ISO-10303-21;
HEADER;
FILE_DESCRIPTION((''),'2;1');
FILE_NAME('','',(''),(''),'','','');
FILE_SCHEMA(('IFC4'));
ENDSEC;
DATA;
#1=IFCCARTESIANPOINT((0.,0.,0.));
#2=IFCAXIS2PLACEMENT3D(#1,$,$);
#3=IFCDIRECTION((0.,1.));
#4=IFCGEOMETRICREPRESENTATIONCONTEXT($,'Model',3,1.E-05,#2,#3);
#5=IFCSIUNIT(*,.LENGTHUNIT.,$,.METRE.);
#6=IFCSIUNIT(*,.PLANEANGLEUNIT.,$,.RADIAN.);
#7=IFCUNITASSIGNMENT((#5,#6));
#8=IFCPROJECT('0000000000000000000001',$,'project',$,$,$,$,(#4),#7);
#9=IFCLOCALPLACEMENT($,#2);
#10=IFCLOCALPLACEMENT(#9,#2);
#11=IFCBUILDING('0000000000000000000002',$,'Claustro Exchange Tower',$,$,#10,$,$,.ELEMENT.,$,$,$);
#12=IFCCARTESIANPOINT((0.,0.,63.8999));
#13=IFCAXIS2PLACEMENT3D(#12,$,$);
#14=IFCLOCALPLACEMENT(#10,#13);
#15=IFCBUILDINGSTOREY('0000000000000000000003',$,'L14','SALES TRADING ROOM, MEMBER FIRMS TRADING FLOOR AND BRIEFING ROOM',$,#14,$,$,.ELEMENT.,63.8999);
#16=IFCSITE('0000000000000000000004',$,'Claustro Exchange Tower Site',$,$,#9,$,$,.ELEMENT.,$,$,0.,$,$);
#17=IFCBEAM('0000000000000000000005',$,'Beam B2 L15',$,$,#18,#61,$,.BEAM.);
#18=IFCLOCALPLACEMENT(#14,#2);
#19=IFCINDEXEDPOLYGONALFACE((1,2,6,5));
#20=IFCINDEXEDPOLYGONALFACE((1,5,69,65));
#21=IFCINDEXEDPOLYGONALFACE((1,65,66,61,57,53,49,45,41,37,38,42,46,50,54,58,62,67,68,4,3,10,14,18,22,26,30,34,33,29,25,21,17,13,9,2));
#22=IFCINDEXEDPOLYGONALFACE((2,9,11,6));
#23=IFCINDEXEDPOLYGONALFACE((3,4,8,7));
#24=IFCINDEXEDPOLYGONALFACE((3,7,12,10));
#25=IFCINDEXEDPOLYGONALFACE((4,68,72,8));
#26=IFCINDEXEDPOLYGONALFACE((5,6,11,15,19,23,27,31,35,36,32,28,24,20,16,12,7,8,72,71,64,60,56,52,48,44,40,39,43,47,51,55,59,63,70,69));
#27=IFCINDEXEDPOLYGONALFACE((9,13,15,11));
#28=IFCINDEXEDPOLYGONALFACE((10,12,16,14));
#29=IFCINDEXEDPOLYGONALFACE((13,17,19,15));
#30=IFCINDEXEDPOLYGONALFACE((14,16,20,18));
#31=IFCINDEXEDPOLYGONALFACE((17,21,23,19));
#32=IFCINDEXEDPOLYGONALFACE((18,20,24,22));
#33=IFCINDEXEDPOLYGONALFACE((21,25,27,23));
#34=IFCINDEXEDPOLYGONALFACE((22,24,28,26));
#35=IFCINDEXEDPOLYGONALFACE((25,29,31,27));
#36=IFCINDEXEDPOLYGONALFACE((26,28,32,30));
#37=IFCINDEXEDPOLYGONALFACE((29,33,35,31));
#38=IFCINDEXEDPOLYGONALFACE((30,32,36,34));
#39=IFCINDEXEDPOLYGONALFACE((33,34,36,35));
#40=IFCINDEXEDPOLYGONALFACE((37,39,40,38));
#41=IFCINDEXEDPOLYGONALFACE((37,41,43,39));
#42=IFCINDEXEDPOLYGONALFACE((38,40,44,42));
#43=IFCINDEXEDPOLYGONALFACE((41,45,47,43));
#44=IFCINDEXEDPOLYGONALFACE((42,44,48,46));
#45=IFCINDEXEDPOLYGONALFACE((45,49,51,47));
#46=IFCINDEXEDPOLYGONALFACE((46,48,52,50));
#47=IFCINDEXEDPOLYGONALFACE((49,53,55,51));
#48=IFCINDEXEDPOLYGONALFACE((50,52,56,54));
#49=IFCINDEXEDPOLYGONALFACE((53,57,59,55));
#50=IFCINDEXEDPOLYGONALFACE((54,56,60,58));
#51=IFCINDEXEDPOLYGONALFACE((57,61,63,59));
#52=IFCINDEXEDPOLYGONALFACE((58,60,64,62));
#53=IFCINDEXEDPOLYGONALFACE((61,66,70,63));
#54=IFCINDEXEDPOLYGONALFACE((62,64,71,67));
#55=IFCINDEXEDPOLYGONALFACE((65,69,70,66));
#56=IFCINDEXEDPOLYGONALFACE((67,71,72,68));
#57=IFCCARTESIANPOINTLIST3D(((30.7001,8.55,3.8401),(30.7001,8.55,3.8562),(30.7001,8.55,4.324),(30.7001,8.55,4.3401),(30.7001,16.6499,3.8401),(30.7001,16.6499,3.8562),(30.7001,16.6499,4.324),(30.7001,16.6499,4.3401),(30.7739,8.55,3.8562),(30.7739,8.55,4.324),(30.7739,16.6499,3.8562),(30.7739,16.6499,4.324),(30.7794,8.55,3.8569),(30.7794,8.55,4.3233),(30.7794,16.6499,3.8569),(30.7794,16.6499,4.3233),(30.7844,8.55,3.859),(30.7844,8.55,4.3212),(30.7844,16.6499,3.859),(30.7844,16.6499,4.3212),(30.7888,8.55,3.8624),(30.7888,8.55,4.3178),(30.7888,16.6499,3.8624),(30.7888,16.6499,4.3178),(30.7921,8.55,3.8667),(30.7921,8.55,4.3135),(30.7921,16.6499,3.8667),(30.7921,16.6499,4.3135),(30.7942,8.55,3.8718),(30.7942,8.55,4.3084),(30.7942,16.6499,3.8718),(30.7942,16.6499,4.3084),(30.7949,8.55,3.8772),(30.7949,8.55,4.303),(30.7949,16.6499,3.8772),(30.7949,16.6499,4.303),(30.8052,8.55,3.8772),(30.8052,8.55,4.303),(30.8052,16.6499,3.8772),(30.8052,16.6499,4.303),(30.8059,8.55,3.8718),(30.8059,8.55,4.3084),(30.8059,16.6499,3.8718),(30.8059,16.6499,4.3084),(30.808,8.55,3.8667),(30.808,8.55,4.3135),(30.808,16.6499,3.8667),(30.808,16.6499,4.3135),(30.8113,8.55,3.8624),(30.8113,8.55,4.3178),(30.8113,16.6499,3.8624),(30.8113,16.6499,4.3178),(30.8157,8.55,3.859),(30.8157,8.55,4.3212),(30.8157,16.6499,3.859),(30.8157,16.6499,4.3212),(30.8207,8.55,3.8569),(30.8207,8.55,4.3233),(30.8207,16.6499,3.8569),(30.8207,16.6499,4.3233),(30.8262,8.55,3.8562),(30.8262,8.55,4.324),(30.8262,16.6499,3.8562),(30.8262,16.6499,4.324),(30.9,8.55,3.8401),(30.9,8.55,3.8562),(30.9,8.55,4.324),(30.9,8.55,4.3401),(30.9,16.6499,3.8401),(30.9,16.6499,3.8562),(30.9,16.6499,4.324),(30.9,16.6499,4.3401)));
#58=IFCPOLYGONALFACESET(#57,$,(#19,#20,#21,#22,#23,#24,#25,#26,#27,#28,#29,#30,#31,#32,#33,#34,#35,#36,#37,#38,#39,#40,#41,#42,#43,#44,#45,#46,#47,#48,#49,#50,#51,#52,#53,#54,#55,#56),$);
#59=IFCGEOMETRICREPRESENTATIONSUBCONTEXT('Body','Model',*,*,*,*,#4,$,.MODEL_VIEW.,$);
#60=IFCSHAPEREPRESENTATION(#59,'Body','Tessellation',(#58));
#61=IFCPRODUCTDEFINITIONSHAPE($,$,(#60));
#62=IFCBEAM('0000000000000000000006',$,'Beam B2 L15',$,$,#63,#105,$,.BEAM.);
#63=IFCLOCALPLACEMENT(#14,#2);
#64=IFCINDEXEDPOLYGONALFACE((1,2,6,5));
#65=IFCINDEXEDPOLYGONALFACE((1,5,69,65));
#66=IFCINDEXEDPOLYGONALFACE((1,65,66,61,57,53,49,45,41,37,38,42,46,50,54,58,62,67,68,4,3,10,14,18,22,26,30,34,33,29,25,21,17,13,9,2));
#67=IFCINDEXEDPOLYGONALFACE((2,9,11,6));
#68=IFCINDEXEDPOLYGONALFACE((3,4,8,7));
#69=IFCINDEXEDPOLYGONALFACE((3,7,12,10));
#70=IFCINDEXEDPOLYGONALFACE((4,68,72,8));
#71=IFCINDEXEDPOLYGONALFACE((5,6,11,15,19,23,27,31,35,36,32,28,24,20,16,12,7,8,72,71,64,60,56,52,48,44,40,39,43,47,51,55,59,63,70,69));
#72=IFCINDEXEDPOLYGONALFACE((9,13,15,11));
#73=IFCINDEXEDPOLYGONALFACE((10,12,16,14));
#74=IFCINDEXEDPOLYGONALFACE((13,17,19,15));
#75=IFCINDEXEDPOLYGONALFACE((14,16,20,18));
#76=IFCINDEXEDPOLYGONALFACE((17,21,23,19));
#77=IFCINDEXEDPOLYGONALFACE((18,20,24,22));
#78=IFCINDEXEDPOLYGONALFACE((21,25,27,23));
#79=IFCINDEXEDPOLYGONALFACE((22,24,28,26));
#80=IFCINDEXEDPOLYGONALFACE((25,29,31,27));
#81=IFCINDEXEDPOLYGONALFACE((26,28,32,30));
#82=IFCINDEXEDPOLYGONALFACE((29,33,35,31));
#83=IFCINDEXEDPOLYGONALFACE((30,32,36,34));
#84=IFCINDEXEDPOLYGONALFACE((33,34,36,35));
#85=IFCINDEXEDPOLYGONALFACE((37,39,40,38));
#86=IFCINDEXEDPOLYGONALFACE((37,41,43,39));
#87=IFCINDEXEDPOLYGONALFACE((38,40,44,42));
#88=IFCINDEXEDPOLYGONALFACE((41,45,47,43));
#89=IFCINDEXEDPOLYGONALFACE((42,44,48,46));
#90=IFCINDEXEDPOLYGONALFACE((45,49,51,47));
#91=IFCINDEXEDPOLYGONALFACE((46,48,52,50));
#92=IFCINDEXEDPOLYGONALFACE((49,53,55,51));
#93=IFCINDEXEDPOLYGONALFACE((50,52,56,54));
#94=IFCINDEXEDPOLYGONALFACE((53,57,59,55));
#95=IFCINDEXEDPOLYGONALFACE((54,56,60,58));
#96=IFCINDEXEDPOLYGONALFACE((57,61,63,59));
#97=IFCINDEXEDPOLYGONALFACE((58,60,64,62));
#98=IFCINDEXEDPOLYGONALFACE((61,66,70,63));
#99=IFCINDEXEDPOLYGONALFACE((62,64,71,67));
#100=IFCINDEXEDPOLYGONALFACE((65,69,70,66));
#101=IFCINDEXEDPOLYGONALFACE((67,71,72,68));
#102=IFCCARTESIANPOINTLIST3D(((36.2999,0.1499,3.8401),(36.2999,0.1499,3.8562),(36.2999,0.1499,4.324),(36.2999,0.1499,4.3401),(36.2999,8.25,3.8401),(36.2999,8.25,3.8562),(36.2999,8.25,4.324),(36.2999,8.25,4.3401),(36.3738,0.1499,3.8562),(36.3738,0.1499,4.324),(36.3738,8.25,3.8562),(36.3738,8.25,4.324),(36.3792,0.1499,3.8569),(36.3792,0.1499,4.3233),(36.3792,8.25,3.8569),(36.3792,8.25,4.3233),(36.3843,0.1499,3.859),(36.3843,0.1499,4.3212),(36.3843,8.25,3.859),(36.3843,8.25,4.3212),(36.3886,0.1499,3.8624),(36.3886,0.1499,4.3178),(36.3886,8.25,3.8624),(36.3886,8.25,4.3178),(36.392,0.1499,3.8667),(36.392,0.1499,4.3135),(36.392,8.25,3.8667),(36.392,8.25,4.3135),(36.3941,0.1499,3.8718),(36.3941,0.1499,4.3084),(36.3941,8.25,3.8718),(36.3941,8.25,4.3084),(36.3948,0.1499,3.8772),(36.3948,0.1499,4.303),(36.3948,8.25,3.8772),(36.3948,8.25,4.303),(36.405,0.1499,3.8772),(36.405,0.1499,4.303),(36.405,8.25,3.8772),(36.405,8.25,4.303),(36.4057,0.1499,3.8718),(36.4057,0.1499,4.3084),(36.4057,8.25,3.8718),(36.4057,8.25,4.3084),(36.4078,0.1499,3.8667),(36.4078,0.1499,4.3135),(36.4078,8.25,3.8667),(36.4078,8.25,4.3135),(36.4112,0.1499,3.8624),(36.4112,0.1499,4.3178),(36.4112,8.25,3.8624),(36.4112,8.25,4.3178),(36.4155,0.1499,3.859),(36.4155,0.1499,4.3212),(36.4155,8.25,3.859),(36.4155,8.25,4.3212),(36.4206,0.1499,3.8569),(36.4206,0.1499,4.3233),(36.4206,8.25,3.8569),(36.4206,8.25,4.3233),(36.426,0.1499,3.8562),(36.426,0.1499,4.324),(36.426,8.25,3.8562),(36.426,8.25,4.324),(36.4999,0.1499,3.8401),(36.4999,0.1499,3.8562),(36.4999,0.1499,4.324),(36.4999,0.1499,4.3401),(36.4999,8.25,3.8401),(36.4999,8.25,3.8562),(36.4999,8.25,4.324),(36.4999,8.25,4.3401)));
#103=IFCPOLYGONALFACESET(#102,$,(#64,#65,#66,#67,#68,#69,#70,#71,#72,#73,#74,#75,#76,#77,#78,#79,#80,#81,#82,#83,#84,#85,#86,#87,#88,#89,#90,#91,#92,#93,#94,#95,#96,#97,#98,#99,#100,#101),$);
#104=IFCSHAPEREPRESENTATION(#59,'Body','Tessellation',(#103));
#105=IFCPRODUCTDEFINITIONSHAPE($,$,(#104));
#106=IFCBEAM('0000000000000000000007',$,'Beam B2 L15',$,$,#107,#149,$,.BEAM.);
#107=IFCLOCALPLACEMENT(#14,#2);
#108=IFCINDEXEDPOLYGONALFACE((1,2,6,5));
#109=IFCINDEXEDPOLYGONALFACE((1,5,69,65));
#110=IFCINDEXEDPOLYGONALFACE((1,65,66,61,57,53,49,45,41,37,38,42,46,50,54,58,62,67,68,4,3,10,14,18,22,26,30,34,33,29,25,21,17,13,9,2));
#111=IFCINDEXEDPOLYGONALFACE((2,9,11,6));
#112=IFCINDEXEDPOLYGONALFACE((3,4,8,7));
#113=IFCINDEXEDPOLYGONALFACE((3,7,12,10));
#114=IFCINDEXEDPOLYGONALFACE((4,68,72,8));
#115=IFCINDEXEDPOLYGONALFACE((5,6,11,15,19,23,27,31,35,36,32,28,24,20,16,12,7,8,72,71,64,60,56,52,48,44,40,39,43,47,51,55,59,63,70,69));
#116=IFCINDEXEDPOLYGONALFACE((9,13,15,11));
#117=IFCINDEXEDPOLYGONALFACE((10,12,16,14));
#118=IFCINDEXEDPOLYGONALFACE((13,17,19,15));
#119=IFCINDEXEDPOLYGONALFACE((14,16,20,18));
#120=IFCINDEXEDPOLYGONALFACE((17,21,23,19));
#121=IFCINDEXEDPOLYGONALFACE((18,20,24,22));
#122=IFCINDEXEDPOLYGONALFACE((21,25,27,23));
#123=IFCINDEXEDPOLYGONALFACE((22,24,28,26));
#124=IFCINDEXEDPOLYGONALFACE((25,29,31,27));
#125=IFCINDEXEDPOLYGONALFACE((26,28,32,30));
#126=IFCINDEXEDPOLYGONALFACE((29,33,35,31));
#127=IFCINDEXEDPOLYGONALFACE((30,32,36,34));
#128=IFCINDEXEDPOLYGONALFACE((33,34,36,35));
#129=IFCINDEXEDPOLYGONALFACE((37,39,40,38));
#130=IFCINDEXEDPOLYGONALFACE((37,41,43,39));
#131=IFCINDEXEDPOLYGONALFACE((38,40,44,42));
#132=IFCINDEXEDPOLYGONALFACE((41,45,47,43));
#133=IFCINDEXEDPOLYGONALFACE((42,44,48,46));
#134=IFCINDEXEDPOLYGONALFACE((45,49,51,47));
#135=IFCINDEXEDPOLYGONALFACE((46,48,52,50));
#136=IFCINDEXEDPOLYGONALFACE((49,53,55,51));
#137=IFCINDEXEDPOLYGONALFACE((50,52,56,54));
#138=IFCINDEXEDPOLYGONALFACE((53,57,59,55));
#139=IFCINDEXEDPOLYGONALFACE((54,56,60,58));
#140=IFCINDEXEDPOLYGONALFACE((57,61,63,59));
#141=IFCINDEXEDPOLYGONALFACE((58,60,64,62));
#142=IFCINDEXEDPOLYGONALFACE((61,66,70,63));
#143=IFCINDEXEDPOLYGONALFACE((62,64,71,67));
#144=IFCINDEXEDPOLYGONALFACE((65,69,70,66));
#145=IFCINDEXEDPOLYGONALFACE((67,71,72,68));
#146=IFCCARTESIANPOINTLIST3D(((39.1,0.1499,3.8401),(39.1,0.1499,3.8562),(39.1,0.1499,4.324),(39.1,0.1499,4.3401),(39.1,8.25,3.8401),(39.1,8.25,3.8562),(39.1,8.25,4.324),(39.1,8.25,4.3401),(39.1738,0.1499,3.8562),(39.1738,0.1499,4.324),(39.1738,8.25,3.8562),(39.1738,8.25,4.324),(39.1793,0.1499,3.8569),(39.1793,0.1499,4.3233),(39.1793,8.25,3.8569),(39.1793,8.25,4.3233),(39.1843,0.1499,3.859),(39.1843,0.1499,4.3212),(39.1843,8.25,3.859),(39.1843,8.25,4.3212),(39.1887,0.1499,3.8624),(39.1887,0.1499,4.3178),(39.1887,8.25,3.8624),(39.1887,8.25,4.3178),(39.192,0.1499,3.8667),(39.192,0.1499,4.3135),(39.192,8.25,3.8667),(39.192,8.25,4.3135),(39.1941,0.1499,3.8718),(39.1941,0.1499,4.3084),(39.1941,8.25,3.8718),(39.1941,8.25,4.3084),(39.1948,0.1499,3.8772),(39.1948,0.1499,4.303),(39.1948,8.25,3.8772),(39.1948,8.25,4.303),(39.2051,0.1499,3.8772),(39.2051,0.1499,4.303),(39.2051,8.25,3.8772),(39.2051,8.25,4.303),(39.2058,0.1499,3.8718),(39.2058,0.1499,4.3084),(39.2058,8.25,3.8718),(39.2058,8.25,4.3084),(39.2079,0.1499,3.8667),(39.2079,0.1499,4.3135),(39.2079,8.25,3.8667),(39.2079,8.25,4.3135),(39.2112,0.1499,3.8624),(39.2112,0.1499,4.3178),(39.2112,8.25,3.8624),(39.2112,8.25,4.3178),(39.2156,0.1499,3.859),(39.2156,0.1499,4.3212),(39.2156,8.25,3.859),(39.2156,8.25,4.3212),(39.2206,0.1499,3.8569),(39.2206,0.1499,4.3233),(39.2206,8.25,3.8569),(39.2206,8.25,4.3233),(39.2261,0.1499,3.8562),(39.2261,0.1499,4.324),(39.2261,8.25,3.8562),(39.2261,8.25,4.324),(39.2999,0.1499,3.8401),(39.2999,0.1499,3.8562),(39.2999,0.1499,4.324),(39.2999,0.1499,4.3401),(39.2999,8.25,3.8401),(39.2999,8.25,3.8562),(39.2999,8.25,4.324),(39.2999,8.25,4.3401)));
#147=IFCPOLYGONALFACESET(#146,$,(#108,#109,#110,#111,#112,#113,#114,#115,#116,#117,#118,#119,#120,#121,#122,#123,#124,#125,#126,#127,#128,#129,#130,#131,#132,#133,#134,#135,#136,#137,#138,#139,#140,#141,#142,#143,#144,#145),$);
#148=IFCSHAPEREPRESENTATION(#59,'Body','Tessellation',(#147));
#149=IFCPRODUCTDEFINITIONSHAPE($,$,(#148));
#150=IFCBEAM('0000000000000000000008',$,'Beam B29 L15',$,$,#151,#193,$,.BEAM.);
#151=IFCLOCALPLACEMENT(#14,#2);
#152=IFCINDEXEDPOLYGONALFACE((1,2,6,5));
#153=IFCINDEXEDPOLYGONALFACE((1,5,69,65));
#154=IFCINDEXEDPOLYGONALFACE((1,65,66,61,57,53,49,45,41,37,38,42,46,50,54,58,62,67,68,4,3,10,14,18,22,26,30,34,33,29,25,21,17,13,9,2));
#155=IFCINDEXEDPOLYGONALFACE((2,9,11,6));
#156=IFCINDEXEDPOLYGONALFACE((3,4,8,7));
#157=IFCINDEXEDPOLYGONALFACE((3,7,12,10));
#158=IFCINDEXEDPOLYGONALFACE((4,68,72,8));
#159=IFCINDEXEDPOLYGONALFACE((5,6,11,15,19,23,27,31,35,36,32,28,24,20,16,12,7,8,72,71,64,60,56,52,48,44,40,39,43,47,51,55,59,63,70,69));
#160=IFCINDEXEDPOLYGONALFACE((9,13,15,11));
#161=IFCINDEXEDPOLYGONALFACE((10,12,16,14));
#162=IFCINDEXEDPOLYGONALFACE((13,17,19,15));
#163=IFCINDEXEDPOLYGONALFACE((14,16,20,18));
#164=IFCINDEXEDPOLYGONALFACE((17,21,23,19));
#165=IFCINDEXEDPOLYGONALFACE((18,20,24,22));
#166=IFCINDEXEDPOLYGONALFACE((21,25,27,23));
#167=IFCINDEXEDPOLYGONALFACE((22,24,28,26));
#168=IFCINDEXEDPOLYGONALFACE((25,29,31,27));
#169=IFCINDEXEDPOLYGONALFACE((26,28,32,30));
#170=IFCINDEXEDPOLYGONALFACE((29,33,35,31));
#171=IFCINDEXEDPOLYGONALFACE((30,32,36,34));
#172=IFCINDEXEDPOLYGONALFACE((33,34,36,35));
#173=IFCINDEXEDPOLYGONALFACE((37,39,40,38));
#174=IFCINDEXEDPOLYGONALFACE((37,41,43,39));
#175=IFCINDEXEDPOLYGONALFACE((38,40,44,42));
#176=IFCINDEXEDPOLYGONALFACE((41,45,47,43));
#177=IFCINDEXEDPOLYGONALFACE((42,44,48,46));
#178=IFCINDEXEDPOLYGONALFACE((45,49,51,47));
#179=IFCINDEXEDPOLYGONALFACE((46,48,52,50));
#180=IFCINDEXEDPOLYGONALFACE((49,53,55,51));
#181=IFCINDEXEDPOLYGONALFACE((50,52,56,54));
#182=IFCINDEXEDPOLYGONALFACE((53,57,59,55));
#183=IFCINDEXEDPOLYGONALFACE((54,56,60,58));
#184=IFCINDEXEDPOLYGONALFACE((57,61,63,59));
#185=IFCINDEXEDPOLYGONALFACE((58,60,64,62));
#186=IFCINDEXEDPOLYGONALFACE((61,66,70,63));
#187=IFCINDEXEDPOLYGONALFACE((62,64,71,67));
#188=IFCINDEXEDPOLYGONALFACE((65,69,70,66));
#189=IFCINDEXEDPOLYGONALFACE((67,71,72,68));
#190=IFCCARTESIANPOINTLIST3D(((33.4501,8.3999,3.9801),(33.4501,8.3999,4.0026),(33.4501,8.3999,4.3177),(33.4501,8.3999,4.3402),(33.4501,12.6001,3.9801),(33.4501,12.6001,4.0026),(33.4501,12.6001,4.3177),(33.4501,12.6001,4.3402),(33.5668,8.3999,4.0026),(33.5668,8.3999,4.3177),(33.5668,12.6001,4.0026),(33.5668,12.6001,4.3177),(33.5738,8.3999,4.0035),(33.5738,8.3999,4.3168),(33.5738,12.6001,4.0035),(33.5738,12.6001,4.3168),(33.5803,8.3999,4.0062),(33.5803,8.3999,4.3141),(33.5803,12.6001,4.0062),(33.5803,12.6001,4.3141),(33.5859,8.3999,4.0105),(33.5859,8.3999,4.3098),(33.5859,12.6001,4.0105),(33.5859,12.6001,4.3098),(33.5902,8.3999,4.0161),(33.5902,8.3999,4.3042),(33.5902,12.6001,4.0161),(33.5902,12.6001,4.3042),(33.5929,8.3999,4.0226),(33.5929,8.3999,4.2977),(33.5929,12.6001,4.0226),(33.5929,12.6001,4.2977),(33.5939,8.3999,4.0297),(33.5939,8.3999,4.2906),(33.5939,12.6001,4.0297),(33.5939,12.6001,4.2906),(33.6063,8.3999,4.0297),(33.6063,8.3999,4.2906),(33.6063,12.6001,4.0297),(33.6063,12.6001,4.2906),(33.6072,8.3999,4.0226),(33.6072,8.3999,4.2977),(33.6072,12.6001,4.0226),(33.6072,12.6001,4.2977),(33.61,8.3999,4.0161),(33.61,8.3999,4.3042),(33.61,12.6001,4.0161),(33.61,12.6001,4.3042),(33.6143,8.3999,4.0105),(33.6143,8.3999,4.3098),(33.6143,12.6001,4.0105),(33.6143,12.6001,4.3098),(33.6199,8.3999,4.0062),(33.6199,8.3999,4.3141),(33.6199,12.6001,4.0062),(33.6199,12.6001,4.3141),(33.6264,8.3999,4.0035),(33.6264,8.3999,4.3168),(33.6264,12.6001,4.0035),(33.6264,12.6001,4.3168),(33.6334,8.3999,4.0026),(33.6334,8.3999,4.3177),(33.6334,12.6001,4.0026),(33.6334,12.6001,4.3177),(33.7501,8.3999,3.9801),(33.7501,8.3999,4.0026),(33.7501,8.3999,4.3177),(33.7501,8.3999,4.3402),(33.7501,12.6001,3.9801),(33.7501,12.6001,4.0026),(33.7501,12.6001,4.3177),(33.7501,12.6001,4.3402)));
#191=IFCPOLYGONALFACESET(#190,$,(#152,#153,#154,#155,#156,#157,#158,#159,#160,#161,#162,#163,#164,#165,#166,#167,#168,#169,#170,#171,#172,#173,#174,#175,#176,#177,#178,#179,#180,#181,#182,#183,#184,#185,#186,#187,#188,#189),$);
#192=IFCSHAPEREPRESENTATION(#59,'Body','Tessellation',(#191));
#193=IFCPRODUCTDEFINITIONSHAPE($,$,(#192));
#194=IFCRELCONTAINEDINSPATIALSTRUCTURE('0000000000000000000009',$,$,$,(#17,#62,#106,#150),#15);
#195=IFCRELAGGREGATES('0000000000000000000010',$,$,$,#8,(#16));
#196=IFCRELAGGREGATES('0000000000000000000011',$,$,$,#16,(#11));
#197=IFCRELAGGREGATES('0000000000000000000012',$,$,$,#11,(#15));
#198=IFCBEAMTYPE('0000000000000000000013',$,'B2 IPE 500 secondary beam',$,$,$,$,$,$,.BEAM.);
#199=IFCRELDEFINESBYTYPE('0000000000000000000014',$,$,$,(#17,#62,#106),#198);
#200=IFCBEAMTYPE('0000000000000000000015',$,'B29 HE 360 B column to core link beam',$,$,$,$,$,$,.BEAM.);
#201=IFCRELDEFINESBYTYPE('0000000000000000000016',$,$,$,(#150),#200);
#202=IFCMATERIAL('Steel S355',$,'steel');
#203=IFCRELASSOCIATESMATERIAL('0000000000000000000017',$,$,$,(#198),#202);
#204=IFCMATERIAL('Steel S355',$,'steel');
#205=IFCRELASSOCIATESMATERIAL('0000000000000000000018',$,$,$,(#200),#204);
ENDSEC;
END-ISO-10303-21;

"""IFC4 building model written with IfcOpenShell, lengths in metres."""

from ifc_helpers import new_model, si_unit, direction, frame, origin, origin_2d, place, context, subcontext, project, spatial, i_section, extrude, material, material_profile, profile_set, type_object, element, save


model = new_model("IFC4")

# Units and contexts
model_context = context("Model", 3, precision=1e-05, world=origin(), true_north=direction((0.0, 1.0)))
body_context = subcontext(model_context, "Body", "Model", "MODEL_VIEW")
ifc_project = project(units=[si_unit("LENGTHUNIT", "METRE"), si_unit("PLANEANGLEUNIT", "RADIAN")], contexts=[model_context])

# Site, building, storey
site_placement = place(None, origin())
site = spatial("IfcSite", under=ifc_project, at=site_placement, Name="Claustro Exchange Tower Site", CompositionType="ELEMENT", RefElevation=0.0)
building_placement = place(site_placement, origin())
building = spatial("IfcBuilding", under=site, at=building_placement, Name="Claustro Exchange Tower", CompositionType="ELEMENT")
storey_placement = place(building_placement, frame((0.0, 0.0, 63.8999)))
storey = spatial("IfcBuildingStorey", under=building, at=storey_placement, Name="L14", Description="SALES TRADING ROOM, MEMBER FIRMS TRADING FLOOR AND BRIEFING ROOM", CompositionType="ELEMENT", Elevation=63.8999)

# Beams
ifc_material_1 = material(Name="Steel S355", Category="steel")
ifc_material_profile_1 = material_profile(ifc_material_1, i_section(OverallWidth=0.2, OverallDepth=0.5, WebThickness=0.0103, FlangeThickness=0.0161, FilletRadius=0.021, at=origin_2d()), Name="IPE 500")
ifc_profile_set_1 = profile_set([ifc_material_profile_1], Name="Steel S355")
beam_type_1 = type_object("IfcBeamType", Name="B2 IPE 500 secondary beam", PredefinedType="BEAM", material=ifc_profile_set_1)
beam_1_placement = place(storey_placement, frame((30.8, 8.55, 4.0901), z_axis=(0.0, 1.0, 0.0), x_axis=(-1.0, 0.0, 0.0)))
element("IfcBeam", 1, at=beam_1_placement, inside=storey, type_object=beam_type_1, Name="Beam B2 L15", PredefinedType="BEAM", context=body_context, shape_type="SweptSolid", body=[
    extrude(i_section(OverallWidth=0.2, OverallDepth=0.5, WebThickness=0.0103, FlangeThickness=0.0161, FilletRadius=0.021, at=origin_2d()), origin(), (0.0, 0.0, 1.0), 8.0999),
])
for number, where, z_axis, x_axis, name in (
    (2, (36.3999, 0.1499, 4.0901), (0.0, 1.0, 0.0), (-1.0, 0.0, 0.0), "Beam B2 L15"),
    (3, (39.2, 0.1499, 4.0901), (0.0, 1.0, 0.0), (-1.0, 0.0, 0.0), "Beam B2 L15"),
):
    element("IfcBeam", number, at=place(storey_placement, frame(where, z_axis=z_axis, x_axis=x_axis)), inside=storey, type_object=beam_type_1, Name=name, PredefinedType="BEAM", context=body_context, shape_type="SweptSolid", body=[
        extrude(i_section(OverallWidth=0.2, OverallDepth=0.5, WebThickness=0.0103, FlangeThickness=0.0161, FilletRadius=0.021, at=origin_2d()), origin(), (0.0, 0.0, 1.0), 8.1001),
    ])
ifc_material_2 = material(Name="Steel S355", Category="steel")
ifc_material_profile_2 = material_profile(ifc_material_2, i_section(OverallWidth=0.3, OverallDepth=0.3601, WebThickness=0.0125, FlangeThickness=0.0225, FilletRadius=0.0271, at=origin_2d()), Name="HE 360 B")
ifc_profile_set_2 = profile_set([ifc_material_profile_2], Name="Steel S355")
beam_type_2 = type_object("IfcBeamType", Name="B29 HE 360 B column to core link beam", PredefinedType="BEAM", material=ifc_profile_set_2)
beam_2_placement = place(storey_placement, frame((33.6001, 8.3999, 4.1602), z_axis=(0.0, 1.0, 0.0), x_axis=(-1.0, 0.0, 0.0)))
element("IfcBeam", 4, at=beam_2_placement, inside=storey, type_object=beam_type_2, Name="Beam B29 L15", PredefinedType="BEAM", context=body_context, shape_type="SweptSolid", body=[
    extrude(i_section(OverallWidth=0.3, OverallDepth=0.3601, WebThickness=0.0125, FlangeThickness=0.0225, FilletRadius=0.0271, at=origin_2d()), origin(), (0.0, 0.0, 1.0), 4.2002),
])

save(model, "model.ifc")
